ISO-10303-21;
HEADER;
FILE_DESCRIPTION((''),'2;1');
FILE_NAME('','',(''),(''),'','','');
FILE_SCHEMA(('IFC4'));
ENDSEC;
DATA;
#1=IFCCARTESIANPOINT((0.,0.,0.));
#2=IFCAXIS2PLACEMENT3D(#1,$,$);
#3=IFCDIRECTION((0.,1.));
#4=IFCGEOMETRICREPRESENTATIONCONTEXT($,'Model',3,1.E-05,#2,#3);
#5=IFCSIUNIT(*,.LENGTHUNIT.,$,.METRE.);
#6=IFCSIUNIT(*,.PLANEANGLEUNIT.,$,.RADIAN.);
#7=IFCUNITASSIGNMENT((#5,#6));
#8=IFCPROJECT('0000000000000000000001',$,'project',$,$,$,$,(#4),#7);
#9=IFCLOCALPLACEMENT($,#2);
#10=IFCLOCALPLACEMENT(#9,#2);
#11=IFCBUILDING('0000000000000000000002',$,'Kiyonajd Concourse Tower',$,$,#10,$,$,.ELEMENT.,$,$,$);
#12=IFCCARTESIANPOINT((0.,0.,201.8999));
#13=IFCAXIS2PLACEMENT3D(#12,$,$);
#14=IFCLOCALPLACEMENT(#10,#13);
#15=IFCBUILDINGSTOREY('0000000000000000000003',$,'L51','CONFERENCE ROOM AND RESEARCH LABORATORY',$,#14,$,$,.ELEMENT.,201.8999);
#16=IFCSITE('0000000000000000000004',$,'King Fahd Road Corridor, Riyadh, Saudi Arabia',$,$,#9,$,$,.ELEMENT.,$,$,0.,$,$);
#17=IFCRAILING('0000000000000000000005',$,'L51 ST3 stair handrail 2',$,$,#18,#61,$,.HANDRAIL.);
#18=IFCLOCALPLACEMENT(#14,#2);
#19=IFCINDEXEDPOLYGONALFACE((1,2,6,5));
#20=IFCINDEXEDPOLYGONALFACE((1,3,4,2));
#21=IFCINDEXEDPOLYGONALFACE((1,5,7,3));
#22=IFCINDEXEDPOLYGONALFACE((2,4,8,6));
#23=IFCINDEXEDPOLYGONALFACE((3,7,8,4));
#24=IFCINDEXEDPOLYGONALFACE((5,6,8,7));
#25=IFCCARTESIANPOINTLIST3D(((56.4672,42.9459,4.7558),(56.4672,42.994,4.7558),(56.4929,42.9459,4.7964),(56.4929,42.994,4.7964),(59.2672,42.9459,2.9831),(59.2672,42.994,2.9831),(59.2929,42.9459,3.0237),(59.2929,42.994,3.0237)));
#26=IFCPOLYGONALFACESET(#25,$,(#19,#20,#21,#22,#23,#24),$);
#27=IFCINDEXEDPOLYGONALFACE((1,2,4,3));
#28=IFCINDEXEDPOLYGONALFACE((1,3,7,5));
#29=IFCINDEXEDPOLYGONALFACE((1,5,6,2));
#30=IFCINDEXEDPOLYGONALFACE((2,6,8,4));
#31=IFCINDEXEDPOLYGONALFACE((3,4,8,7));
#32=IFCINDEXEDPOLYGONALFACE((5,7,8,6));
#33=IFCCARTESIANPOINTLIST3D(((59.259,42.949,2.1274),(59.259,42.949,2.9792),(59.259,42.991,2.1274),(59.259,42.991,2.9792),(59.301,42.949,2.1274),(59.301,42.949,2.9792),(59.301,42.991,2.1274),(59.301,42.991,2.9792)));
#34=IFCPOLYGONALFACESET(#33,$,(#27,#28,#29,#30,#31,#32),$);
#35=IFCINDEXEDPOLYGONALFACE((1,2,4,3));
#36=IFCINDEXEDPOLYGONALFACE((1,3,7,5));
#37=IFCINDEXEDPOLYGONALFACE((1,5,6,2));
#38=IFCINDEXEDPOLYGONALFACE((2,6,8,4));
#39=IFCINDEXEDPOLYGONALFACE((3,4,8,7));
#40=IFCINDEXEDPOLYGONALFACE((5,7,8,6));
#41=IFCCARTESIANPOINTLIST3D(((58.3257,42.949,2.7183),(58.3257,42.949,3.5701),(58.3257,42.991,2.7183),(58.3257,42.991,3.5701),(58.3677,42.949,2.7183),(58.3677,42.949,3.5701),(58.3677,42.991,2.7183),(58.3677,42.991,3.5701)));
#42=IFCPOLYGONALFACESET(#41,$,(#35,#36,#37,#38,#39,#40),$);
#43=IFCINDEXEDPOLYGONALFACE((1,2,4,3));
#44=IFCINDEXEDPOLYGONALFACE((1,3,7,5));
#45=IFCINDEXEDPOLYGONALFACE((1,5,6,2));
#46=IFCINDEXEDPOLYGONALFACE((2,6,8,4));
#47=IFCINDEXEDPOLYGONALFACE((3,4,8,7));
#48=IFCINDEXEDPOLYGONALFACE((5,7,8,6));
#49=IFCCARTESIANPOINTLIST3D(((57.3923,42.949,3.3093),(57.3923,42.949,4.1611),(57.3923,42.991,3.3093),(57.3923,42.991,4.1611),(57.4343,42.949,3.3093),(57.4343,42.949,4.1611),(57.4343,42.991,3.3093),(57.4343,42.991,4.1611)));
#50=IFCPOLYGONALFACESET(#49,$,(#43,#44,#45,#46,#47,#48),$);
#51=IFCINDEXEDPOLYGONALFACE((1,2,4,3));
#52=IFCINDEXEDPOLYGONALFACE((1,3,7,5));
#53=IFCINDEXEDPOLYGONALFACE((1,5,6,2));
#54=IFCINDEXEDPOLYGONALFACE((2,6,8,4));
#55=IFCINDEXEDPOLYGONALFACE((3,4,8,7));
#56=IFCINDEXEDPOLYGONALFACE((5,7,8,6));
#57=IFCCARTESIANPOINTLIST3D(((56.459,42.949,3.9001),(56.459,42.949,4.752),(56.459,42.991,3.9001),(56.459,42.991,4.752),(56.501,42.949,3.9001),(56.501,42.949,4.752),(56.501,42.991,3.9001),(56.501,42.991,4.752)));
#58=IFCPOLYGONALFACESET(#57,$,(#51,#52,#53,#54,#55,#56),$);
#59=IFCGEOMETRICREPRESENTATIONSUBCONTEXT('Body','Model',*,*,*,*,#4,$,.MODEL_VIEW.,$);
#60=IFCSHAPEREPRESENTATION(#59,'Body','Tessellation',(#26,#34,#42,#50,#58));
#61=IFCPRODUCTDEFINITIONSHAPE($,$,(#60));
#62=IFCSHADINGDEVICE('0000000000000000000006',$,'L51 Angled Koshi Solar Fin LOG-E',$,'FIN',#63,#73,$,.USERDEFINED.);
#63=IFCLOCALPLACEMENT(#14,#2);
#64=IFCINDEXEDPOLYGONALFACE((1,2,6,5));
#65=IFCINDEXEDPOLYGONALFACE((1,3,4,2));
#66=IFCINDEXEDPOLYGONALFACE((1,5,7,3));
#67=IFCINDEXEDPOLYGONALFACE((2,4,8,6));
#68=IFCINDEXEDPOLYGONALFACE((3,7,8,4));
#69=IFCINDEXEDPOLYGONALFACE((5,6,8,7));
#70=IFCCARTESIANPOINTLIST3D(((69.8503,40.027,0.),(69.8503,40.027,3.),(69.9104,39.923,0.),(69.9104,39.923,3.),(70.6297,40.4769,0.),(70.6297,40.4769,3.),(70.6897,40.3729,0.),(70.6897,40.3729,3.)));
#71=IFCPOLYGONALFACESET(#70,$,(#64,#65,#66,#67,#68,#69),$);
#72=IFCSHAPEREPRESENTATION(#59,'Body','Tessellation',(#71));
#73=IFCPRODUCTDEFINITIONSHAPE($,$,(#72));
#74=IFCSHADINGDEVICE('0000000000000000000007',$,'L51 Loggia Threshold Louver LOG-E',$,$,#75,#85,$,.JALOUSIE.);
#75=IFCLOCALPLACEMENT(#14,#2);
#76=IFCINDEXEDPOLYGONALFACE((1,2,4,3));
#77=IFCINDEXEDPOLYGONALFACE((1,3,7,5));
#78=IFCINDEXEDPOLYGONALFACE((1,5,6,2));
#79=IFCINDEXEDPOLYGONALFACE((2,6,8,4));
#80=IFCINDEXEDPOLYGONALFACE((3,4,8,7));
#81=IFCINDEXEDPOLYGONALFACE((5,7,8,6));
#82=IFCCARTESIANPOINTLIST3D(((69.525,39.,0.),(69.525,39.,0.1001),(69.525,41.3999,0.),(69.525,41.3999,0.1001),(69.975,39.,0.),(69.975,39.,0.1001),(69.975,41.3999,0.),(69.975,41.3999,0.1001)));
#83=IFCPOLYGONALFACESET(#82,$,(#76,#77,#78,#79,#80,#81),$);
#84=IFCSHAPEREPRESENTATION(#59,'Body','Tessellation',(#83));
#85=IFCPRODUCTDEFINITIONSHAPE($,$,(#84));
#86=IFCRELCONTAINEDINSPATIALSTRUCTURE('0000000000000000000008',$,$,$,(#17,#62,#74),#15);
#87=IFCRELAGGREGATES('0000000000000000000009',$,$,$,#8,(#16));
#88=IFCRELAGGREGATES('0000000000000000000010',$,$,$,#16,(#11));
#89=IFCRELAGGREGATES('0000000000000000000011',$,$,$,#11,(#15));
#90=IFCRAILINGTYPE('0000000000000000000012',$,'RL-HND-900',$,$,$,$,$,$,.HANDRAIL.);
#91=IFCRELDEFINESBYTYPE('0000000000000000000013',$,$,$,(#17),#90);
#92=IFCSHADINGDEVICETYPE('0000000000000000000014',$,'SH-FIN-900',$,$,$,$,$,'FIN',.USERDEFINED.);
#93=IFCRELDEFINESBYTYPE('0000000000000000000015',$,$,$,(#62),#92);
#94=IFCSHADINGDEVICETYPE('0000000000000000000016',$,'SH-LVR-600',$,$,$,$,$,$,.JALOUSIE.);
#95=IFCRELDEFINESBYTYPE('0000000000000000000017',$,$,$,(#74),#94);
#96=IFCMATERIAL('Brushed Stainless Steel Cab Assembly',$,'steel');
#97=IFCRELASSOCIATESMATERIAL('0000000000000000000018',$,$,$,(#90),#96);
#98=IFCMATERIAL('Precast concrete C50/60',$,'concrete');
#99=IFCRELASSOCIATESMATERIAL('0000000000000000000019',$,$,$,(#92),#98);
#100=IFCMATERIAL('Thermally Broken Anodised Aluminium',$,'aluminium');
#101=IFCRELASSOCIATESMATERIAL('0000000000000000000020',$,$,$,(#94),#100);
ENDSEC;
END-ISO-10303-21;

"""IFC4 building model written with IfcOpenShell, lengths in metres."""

from ifc_helpers import new_model, si_unit, direction, frame, origin, origin_2d, place, context, subcontext, project, spatial, rectangle, extrude, material, type_object, element, save


model = new_model("IFC4")

# Units and contexts
model_context = context("Model", 3, precision=1e-05, world=origin(), true_north=direction((0.0, 1.0)))
body_context = subcontext(model_context, "Body", "Model", "MODEL_VIEW")
ifc_project = project(units=[si_unit("LENGTHUNIT", "METRE"), si_unit("PLANEANGLEUNIT", "RADIAN")], contexts=[model_context])

# Site, building, storey
site_placement = place(None, origin())
site = spatial("IfcSite", under=ifc_project, at=site_placement, Name="King Fahd Road Corridor, Riyadh, Saudi Arabia", CompositionType="ELEMENT", RefElevation=0.0)
building_placement = place(site_placement, origin())
building = spatial("IfcBuilding", under=site, at=building_placement, Name="Kiyonajd Concourse Tower", CompositionType="ELEMENT")
storey_placement = place(building_placement, frame((0.0, 0.0, 201.8999)))
storey = spatial("IfcBuildingStorey", under=building, at=storey_placement, Name="L51", Description="CONFERENCE ROOM AND RESEARCH LABORATORY", CompositionType="ELEMENT", Elevation=201.8999)

# Shared definitions
ifc_material_1 = material(Name="Thermally Broken Anodised Aluminium", Category="aluminium")

# Shared definitions
ifc_material_2 = material(Name="Precast concrete C50/60", Category="concrete")

# Railing
ifc_material_3 = material(Name="Brushed Stainless Steel Cab Assembly", Category="steel")
railing_type_1 = type_object("IfcRailingType", Name="RL-HND-900", PredefinedType="HANDRAIL", material=ifc_material_3)
railing_1_placement = place(storey_placement, frame((59.28, 42.97, 2.1274)))
element("IfcRailing", 1, at=railing_1_placement, inside=storey, type_object=railing_type_1, Name="L51 ST3 stair handrail 2", PredefinedType="HANDRAIL", context=body_context, shape_type="SweptSolid", body=[
    extrude(rectangle(XDim=0.0481, YDim=0.0481, at=origin_2d()), frame((0.0, 0.0, 0.876), z_axis=(-0.844909, 0.0, 0.53491), x_axis=(0.0, -1.0, 0.0)), (0.0, 0.0, 1.0), 3.314),
    extrude(rectangle(XDim=0.042, YDim=0.042, at=origin_2d()), origin(), (0.0, 0.0, 1.0), 0.8518),
    extrude(rectangle(XDim=0.042, YDim=0.042, at=origin_2d()), frame((-0.9333, 0.0, 0.5908)), (0.0, 0.0, 1.0), 0.8518),
    extrude(rectangle(XDim=0.042, YDim=0.042, at=origin_2d()), frame((-1.8667, 0.0, 1.1819)), (0.0, 0.0, 1.0), 0.8518),
    extrude(rectangle(XDim=0.042, YDim=0.042, at=origin_2d()), frame((-2.8, 0.0, 1.7727)), (0.0, 0.0, 1.0), 0.8518),
])

# Shading devices
shading_device_type_1 = type_object("IfcShadingDeviceType", Name="SH-FIN-900", ElementType="FIN", PredefinedType="USERDEFINED", material=ifc_material_2)
shading_device_1_placement = place(storey_placement, frame((70.27, 40.2, 0.0), z_axis=(0.0, 0.0, 1.0), x_axis=(0.866025, 0.5, 0.0)))
element("IfcShadingDevice", 2, at=shading_device_1_placement, inside=storey, type_object=shading_device_type_1, Name="L51 Angled Koshi Solar Fin LOG-E", ObjectType="FIN", PredefinedType="USERDEFINED", context=body_context, shape_type="SweptSolid", body=[
    extrude(rectangle(XDim=0.8999, YDim=0.1201, at=origin_2d()), origin(), (0.0, 0.0, 1.0), 3.0),
])
shading_device_type_2 = type_object("IfcShadingDeviceType", Name="SH-LVR-600", PredefinedType="JALOUSIE", material=ifc_material_1)
shading_device_2_placement = place(storey_placement, frame((69.75, 40.2, 0.0), z_axis=(0.0, 0.0, 1.0), x_axis=(0.0, 1.0, 0.0)))
element("IfcShadingDevice", 3, at=shading_device_2_placement, inside=storey, type_object=shading_device_type_2, Name="L51 Loggia Threshold Louver LOG-E", PredefinedType="JALOUSIE", context=body_context, shape_type="SweptSolid", body=[
    extrude(rectangle(XDim=2.3999, YDim=0.45, at=origin_2d()), origin(), (0.0, 0.0, 1.0), 0.1001),
])

save(model, "model.ifc")
